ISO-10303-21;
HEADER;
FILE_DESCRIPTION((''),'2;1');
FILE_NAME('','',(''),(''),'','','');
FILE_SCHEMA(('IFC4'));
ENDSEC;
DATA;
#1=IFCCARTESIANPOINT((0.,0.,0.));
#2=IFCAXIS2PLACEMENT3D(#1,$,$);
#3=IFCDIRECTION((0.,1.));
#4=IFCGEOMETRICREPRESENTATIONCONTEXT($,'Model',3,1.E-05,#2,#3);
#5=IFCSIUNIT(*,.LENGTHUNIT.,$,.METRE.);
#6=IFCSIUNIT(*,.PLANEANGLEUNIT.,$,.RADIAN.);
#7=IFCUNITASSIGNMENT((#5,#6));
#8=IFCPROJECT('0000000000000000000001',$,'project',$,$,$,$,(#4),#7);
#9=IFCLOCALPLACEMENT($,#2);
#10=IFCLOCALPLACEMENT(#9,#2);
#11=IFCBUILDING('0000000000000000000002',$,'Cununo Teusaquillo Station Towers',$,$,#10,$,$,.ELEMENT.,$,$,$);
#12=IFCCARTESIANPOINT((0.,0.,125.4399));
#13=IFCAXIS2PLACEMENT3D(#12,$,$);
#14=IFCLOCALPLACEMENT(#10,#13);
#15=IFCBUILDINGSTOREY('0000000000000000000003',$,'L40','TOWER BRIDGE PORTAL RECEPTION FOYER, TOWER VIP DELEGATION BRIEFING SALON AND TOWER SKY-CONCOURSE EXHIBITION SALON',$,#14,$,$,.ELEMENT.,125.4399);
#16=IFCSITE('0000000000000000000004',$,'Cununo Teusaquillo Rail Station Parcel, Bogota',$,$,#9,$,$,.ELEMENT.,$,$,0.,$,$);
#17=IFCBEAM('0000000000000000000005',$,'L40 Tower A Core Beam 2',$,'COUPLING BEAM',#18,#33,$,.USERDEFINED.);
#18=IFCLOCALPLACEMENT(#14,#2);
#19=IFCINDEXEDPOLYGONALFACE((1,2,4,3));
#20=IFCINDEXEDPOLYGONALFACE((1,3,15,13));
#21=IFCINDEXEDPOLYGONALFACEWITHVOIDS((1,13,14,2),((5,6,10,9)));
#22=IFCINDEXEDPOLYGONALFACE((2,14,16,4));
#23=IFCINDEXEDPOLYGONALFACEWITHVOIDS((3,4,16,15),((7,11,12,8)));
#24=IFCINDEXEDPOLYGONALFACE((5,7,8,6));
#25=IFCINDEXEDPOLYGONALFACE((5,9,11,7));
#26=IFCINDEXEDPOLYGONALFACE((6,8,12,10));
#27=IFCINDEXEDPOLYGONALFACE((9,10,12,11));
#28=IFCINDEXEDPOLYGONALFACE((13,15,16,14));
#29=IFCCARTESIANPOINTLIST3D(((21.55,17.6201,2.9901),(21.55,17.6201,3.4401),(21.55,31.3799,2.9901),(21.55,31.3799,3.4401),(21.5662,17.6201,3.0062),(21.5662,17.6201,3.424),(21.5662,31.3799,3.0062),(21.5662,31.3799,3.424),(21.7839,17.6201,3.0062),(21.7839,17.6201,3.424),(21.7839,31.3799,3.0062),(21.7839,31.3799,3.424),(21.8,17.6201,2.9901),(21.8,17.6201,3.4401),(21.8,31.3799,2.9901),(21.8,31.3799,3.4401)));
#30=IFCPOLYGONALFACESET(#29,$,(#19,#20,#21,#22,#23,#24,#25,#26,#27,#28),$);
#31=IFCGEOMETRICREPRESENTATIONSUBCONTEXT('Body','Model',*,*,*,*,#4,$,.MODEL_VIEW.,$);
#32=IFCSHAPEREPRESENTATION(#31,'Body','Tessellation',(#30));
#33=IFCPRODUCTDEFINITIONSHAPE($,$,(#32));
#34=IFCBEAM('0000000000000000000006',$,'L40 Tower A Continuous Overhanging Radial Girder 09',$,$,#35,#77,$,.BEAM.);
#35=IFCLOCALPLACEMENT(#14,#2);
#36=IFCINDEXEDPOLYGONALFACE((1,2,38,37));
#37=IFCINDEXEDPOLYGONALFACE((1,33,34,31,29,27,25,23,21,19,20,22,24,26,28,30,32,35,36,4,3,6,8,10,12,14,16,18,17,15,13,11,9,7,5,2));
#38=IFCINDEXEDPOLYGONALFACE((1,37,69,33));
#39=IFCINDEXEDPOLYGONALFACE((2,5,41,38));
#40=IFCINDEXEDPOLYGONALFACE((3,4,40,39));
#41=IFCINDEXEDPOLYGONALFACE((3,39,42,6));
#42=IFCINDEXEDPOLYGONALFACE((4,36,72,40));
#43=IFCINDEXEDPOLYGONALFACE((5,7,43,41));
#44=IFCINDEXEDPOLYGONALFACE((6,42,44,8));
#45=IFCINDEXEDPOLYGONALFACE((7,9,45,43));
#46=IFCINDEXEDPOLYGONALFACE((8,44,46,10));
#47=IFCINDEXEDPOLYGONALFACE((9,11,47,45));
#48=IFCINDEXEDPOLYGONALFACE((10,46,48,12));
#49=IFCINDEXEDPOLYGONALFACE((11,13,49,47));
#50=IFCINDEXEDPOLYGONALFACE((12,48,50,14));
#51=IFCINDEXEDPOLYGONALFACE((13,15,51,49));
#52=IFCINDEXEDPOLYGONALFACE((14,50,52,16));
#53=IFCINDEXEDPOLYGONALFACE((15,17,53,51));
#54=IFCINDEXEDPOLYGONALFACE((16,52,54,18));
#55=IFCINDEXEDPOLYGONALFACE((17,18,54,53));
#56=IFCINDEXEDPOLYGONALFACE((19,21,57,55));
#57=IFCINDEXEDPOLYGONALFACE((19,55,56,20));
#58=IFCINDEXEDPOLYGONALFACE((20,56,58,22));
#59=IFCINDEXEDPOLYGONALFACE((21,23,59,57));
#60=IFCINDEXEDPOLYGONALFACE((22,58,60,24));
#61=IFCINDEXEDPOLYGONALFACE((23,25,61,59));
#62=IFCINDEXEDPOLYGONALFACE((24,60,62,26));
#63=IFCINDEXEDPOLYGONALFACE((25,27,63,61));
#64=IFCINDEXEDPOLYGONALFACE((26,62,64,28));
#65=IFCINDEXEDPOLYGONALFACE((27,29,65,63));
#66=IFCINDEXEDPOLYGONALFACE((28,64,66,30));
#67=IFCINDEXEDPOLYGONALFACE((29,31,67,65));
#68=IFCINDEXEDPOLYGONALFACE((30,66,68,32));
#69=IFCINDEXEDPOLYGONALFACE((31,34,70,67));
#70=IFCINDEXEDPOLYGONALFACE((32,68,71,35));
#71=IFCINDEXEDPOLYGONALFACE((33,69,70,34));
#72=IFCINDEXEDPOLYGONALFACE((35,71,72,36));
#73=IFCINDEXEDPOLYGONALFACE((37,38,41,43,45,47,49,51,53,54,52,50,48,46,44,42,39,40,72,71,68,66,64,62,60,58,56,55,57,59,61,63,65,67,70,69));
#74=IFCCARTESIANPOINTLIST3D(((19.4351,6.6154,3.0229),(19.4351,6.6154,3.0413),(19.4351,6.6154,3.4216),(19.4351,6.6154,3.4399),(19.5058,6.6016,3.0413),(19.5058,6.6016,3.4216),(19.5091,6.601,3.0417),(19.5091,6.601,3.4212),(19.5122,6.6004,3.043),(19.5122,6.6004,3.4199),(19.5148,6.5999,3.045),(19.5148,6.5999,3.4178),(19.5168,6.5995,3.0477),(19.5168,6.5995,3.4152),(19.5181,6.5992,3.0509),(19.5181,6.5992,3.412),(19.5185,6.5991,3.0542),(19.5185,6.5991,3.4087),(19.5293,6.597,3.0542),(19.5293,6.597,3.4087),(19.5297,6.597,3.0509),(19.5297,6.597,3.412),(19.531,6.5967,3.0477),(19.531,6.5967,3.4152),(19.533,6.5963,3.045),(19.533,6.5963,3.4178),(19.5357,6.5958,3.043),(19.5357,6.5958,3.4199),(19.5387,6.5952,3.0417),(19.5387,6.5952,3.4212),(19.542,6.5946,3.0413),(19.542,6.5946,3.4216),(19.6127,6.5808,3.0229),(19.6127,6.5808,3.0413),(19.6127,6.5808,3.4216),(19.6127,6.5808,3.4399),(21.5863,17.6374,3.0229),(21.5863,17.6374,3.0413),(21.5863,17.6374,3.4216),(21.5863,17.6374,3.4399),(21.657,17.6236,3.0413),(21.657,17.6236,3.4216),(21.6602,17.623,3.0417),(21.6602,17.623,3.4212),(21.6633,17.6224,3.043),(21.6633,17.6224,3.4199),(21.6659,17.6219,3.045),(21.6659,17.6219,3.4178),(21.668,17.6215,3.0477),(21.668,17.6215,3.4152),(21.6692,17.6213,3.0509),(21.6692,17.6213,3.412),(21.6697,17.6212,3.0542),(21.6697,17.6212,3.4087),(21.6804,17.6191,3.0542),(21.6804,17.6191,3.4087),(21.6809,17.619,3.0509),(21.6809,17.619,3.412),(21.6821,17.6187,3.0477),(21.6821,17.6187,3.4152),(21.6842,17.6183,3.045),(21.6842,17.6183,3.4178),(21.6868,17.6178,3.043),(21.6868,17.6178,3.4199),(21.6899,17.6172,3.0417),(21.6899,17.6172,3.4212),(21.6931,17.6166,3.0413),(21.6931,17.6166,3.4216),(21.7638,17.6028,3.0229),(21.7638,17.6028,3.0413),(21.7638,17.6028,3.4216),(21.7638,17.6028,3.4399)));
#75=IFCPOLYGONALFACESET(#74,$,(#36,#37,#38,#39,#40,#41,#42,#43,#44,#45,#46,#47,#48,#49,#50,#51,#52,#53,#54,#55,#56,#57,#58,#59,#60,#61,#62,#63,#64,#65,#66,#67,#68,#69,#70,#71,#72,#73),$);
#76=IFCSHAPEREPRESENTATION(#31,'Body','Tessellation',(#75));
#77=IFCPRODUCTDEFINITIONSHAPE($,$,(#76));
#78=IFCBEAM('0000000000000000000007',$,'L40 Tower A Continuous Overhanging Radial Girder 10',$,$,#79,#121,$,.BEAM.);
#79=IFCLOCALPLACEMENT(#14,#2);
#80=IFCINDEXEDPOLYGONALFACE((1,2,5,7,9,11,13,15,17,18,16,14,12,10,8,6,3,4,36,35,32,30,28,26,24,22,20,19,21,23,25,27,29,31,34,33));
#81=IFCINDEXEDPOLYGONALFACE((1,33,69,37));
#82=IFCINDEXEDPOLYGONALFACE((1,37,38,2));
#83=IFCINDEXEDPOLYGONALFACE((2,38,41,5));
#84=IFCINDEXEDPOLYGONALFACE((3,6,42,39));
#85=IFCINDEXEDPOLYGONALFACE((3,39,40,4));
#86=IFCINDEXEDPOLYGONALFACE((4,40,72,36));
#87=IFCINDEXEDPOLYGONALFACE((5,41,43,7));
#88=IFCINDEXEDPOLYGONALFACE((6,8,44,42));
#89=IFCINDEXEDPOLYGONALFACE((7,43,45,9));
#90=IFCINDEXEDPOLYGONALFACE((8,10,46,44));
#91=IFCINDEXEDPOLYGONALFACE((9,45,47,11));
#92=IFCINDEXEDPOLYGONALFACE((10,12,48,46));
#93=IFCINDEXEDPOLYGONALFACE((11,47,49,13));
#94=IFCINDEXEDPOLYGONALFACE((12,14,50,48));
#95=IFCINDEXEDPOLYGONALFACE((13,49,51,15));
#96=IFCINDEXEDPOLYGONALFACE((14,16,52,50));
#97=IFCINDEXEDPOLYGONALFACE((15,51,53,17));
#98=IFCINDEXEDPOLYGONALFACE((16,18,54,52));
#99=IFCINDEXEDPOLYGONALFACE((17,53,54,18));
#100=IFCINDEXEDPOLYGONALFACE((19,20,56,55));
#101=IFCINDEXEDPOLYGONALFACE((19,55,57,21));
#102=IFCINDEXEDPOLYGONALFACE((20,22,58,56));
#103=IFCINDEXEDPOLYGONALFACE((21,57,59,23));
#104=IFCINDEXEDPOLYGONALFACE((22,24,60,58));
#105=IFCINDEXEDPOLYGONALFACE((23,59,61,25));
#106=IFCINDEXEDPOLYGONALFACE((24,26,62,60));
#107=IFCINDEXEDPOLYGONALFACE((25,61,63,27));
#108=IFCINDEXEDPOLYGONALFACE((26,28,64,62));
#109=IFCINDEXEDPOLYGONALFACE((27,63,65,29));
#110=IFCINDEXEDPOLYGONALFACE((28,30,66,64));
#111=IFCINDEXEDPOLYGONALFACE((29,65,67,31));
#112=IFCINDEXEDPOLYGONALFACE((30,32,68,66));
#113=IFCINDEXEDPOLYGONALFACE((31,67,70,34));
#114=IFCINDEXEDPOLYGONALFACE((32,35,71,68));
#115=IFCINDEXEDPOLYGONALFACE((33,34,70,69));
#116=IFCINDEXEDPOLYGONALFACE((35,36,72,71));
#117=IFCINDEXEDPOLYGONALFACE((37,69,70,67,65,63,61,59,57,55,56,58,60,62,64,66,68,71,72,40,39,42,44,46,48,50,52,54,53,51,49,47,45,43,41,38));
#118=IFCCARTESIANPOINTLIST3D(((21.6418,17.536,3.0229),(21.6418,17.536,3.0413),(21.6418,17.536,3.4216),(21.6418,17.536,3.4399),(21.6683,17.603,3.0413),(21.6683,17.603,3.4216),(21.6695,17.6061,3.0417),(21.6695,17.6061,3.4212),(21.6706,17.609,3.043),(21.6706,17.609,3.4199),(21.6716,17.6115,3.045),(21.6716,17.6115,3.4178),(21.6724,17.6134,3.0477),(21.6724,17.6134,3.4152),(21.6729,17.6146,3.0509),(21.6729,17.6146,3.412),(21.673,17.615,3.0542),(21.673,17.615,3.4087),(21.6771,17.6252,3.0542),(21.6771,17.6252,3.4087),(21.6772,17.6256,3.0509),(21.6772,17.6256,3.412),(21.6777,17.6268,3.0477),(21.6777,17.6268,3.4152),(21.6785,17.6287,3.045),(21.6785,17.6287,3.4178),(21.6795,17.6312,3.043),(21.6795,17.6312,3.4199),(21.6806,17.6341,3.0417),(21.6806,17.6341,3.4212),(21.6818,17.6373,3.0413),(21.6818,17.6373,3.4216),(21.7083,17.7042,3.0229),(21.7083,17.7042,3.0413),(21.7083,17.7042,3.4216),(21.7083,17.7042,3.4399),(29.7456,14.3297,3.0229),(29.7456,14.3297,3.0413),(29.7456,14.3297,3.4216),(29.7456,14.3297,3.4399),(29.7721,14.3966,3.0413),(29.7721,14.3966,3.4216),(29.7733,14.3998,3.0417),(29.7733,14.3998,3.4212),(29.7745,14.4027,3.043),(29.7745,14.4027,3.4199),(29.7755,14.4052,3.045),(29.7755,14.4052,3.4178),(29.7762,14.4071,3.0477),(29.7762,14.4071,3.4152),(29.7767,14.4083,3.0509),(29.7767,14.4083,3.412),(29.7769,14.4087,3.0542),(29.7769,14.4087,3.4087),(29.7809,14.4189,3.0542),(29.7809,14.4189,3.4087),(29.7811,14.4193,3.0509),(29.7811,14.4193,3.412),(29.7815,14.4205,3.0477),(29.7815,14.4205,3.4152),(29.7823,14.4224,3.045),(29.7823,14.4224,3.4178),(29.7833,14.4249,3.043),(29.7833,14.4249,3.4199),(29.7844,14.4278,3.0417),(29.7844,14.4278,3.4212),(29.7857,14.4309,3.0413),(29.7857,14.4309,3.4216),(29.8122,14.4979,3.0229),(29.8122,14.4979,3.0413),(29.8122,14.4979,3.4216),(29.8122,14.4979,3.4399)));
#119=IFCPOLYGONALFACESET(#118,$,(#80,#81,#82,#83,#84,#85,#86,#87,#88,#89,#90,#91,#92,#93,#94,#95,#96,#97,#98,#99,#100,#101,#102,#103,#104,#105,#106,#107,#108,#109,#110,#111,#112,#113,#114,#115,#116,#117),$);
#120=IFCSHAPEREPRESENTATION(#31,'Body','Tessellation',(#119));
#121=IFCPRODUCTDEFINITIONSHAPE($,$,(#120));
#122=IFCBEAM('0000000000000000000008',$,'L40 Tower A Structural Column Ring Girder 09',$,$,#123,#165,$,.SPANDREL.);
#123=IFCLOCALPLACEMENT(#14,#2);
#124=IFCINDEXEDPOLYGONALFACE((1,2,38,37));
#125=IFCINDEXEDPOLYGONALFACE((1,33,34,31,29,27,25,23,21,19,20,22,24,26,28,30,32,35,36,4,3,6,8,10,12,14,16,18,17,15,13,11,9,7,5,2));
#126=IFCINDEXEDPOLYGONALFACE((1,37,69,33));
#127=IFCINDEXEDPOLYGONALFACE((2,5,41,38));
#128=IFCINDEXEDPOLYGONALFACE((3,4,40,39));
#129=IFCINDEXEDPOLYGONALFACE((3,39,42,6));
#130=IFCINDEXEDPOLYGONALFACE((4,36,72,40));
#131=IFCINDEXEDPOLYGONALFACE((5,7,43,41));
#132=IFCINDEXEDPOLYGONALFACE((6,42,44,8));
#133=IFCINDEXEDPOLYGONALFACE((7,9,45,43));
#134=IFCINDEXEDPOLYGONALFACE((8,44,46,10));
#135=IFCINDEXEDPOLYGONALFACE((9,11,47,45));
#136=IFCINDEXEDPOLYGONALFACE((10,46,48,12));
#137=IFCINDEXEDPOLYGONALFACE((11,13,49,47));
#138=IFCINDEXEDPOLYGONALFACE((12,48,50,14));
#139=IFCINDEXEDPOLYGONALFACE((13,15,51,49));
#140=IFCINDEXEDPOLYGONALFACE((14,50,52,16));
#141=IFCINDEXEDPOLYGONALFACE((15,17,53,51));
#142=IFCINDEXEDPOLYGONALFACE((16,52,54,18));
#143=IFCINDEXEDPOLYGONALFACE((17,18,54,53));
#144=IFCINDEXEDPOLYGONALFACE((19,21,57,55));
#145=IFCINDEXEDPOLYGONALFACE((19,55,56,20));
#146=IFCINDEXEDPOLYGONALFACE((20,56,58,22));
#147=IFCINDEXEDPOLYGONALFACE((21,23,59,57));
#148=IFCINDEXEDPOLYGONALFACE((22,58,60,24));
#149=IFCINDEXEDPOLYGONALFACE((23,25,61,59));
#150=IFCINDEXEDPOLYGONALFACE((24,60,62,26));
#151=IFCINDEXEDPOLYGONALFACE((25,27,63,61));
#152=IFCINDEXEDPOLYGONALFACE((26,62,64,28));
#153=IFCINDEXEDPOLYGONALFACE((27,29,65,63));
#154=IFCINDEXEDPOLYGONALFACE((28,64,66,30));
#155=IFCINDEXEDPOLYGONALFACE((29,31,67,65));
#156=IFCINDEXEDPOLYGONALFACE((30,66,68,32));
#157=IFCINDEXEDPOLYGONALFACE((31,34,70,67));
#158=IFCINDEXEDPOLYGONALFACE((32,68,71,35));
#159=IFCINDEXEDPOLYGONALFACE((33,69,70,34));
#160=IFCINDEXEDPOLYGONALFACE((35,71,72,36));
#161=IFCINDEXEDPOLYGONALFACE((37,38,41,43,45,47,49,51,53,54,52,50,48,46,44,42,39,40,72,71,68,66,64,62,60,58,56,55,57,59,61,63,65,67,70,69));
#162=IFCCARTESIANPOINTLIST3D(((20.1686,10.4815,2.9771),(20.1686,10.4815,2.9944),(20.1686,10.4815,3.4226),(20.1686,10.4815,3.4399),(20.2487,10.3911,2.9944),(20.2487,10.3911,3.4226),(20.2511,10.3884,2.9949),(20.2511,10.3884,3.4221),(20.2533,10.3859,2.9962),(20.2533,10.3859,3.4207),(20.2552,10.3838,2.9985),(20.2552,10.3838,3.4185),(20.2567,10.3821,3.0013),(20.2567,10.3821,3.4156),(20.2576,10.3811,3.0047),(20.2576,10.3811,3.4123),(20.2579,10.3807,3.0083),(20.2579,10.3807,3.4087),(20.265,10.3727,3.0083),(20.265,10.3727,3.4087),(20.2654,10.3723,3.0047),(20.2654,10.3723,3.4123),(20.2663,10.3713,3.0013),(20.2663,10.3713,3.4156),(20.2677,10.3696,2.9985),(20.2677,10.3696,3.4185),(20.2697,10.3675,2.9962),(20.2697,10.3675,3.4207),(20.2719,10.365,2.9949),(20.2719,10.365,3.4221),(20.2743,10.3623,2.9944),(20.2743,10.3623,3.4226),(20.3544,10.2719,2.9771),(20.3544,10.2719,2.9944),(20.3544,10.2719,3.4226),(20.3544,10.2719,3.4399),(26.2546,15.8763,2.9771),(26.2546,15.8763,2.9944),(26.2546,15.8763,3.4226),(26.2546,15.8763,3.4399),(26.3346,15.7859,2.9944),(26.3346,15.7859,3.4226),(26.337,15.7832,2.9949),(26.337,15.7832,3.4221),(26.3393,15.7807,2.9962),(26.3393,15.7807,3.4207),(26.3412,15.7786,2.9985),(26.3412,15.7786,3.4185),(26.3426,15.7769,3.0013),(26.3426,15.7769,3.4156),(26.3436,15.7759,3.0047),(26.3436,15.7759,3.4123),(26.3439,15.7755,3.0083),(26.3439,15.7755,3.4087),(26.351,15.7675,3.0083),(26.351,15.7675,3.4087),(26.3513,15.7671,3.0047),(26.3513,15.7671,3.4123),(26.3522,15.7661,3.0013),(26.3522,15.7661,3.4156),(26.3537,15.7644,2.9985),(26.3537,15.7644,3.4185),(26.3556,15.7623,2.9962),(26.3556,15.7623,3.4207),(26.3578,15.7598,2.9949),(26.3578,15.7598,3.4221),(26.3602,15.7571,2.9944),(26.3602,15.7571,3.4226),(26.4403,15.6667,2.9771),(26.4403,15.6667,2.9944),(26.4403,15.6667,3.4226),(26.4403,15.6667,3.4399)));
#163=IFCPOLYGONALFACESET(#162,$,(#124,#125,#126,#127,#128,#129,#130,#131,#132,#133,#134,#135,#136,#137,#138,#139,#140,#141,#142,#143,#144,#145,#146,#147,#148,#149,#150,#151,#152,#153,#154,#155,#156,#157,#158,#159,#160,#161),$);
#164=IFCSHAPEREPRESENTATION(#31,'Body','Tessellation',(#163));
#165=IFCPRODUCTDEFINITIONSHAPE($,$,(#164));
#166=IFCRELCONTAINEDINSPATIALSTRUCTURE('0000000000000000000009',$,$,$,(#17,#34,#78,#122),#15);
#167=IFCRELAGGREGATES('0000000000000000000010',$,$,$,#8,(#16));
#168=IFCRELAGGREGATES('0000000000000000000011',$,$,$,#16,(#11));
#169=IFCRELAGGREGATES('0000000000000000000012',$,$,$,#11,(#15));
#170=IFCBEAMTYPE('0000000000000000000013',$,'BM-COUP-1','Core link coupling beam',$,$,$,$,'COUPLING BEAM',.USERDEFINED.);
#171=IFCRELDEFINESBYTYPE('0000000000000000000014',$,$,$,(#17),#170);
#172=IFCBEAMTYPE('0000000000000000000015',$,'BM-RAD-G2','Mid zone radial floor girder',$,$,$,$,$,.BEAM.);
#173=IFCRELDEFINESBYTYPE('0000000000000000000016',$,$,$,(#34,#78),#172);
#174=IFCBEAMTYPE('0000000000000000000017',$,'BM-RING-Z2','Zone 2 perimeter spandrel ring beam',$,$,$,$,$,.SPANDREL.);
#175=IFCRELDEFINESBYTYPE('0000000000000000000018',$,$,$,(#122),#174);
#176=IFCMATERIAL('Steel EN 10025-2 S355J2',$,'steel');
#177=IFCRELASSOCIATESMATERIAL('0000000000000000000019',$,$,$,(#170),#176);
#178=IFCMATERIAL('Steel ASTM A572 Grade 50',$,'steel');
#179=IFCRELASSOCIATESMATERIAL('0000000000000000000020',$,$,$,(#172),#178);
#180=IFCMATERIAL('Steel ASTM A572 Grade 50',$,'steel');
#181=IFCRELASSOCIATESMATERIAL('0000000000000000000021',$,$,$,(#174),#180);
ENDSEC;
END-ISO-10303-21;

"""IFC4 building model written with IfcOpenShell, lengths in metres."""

from ifc_helpers import new_model, si_unit, direction, frame, origin, origin_2d, place, context, subcontext, project, spatial, hollow_rectangle, i_section, extrude, material, material_profile, profile_set, type_object, element, save


model = new_model("IFC4")

# Units and contexts
model_context = context("Model", 3, precision=1e-05, world=origin(), true_north=direction((0.0, 1.0)))
body_context = subcontext(model_context, "Body", "Model", "MODEL_VIEW")
ifc_project = project(units=[si_unit("LENGTHUNIT", "METRE"), si_unit("PLANEANGLEUNIT", "RADIAN")], contexts=[model_context])

# Site, building, storey
site_placement = place(None, origin())
site = spatial("IfcSite", under=ifc_project, at=site_placement, Name="Cununo Teusaquillo Rail Station Parcel, Bogota", CompositionType="ELEMENT", RefElevation=0.0)
building_placement = place(site_placement, origin())
building = spatial("IfcBuilding", under=site, at=building_placement, Name="Cununo Teusaquillo Station Towers", CompositionType="ELEMENT")
storey_placement = place(building_placement, frame((0.0, 0.0, 125.4399)))
storey = spatial("IfcBuildingStorey", under=building, at=storey_placement, Name="L40", Description="TOWER BRIDGE PORTAL RECEPTION FOYER, TOWER VIP DELEGATION BRIEFING SALON AND TOWER SKY-CONCOURSE EXHIBITION SALON", CompositionType="ELEMENT", Elevation=125.4399)

# Beams
ifc_material_1 = material(Name="Steel EN 10025-2 S355J2", Category="steel")
ifc_material_profile_1 = material_profile(ifc_material_1, hollow_rectangle(XDim=0.25, YDim=0.45, WallThickness=0.0161, at=origin_2d()), Name="RHS 450x250x16")
ifc_profile_set_1 = profile_set([ifc_material_profile_1], Name="Steel EN 10025-2 S355J2")
beam_type_1 = type_object("IfcBeamType", Name="BM-COUP-1", Description="Core link coupling beam", ElementType="COUPLING BEAM", PredefinedType="USERDEFINED", material=ifc_profile_set_1)
beam_1_placement = place(storey_placement, frame((21.675, 17.6201, 3.2151), z_axis=(0.0, 1.0, 0.0), x_axis=(-1.0, 0.0, 0.0)))
element("IfcBeam", 1, at=beam_1_placement, inside=storey, type_object=beam_type_1, Name="L40 Tower A Core Beam 2", ObjectType="COUPLING BEAM", PredefinedType="USERDEFINED", context=body_context, shape_type="SweptSolid", body=[
    extrude(hollow_rectangle(XDim=0.25, YDim=0.45, WallThickness=0.0161, at=origin_2d()), origin(), (0.0, 0.0, 1.0), 13.7598),
])
ifc_material_2 = material(Name="Steel ASTM A572 Grade 50", Category="steel")
ifc_material_profile_2 = material_profile(ifc_material_2, i_section(OverallWidth=0.1809, OverallDepth=0.417, WebThickness=0.011, FlangeThickness=0.0183, FilletRadius=0.0129, at=origin_2d()), Name="W16X57")
ifc_profile_set_2 = profile_set([ifc_material_profile_2], Name="Steel ASTM A572 Grade 50")
beam_type_2 = type_object("IfcBeamType", Name="BM-RAD-G2", Description="Mid zone radial floor girder", PredefinedType="BEAM", material=ifc_profile_set_2)
beam_2_placement = place(storey_placement, frame((21.675, 17.6201, 3.2314), z_axis=(-0.191553, -0.981482, 0.0), x_axis=(0.981482, -0.191553, 0.0)))
element("IfcBeam", 2, at=beam_2_placement, inside=storey, type_object=beam_type_2, Name="L40 Tower A Continuous Overhanging Radial Girder 09", PredefinedType="BEAM", context=body_context, shape_type="SweptSolid", body=[
    extrude(i_section(OverallWidth=0.1809, OverallDepth=0.417, WebThickness=0.011, FlangeThickness=0.0183, FilletRadius=0.0129, at=origin_2d()), origin(), (0.0, 0.0, 1.0), 11.23),
])
beam_3_placement = place(storey_placement, frame((21.675, 17.6201, 3.2314), z_axis=(0.929863, -0.367906, 0.0), x_axis=(0.367906, 0.929863, 0.0)))
element("IfcBeam", 3, at=beam_3_placement, inside=storey, type_object=beam_type_2, Name="L40 Tower A Continuous Overhanging Radial Girder 10", PredefinedType="BEAM", context=body_context, shape_type="SweptSolid", body=[
    extrude(i_section(OverallWidth=0.1809, OverallDepth=0.417, WebThickness=0.011, FlangeThickness=0.0183, FilletRadius=0.0129, at=origin_2d()), origin(), (0.0, 0.0, 1.0), 8.7151),
])
ifc_material_3 = material(Name="Steel ASTM A572 Grade 50", Category="steel")
ifc_material_profile_3 = material_profile(ifc_material_3, i_section(OverallWidth=0.28, OverallDepth=0.4629, WebThickness=0.0107, FlangeThickness=0.0173, FilletRadius=0.0139, at=origin_2d()), Name="W18X76")
ifc_profile_set_3 = profile_set([ifc_material_profile_3], Name="Steel ASTM A572 Grade 50")
beam_type_3 = type_object("IfcBeamType", Name="BM-RING-Z2", Description="Zone 2 perimeter spandrel ring beam", PredefinedType="SPANDREL", material=ifc_profile_set_3)
beam_4_placement = place(storey_placement, frame((20.2615, 10.3767, 3.2085), z_axis=(0.748321, 0.663337, 0.0), x_axis=(-0.663337, 0.748321, 0.0)))
element("IfcBeam", 4, at=beam_4_placement, inside=storey, type_object=beam_type_3, Name="L40 Tower A Structural Column Ring Girder 09", PredefinedType="SPANDREL", context=body_context, shape_type="SweptSolid", body=[
    extrude(i_section(OverallWidth=0.28, OverallDepth=0.4629, WebThickness=0.0107, FlangeThickness=0.0173, FilletRadius=0.0139, at=origin_2d()), origin(), (0.0, 0.0, 1.0), 8.1328),
])

save(model, "model.ifc")
